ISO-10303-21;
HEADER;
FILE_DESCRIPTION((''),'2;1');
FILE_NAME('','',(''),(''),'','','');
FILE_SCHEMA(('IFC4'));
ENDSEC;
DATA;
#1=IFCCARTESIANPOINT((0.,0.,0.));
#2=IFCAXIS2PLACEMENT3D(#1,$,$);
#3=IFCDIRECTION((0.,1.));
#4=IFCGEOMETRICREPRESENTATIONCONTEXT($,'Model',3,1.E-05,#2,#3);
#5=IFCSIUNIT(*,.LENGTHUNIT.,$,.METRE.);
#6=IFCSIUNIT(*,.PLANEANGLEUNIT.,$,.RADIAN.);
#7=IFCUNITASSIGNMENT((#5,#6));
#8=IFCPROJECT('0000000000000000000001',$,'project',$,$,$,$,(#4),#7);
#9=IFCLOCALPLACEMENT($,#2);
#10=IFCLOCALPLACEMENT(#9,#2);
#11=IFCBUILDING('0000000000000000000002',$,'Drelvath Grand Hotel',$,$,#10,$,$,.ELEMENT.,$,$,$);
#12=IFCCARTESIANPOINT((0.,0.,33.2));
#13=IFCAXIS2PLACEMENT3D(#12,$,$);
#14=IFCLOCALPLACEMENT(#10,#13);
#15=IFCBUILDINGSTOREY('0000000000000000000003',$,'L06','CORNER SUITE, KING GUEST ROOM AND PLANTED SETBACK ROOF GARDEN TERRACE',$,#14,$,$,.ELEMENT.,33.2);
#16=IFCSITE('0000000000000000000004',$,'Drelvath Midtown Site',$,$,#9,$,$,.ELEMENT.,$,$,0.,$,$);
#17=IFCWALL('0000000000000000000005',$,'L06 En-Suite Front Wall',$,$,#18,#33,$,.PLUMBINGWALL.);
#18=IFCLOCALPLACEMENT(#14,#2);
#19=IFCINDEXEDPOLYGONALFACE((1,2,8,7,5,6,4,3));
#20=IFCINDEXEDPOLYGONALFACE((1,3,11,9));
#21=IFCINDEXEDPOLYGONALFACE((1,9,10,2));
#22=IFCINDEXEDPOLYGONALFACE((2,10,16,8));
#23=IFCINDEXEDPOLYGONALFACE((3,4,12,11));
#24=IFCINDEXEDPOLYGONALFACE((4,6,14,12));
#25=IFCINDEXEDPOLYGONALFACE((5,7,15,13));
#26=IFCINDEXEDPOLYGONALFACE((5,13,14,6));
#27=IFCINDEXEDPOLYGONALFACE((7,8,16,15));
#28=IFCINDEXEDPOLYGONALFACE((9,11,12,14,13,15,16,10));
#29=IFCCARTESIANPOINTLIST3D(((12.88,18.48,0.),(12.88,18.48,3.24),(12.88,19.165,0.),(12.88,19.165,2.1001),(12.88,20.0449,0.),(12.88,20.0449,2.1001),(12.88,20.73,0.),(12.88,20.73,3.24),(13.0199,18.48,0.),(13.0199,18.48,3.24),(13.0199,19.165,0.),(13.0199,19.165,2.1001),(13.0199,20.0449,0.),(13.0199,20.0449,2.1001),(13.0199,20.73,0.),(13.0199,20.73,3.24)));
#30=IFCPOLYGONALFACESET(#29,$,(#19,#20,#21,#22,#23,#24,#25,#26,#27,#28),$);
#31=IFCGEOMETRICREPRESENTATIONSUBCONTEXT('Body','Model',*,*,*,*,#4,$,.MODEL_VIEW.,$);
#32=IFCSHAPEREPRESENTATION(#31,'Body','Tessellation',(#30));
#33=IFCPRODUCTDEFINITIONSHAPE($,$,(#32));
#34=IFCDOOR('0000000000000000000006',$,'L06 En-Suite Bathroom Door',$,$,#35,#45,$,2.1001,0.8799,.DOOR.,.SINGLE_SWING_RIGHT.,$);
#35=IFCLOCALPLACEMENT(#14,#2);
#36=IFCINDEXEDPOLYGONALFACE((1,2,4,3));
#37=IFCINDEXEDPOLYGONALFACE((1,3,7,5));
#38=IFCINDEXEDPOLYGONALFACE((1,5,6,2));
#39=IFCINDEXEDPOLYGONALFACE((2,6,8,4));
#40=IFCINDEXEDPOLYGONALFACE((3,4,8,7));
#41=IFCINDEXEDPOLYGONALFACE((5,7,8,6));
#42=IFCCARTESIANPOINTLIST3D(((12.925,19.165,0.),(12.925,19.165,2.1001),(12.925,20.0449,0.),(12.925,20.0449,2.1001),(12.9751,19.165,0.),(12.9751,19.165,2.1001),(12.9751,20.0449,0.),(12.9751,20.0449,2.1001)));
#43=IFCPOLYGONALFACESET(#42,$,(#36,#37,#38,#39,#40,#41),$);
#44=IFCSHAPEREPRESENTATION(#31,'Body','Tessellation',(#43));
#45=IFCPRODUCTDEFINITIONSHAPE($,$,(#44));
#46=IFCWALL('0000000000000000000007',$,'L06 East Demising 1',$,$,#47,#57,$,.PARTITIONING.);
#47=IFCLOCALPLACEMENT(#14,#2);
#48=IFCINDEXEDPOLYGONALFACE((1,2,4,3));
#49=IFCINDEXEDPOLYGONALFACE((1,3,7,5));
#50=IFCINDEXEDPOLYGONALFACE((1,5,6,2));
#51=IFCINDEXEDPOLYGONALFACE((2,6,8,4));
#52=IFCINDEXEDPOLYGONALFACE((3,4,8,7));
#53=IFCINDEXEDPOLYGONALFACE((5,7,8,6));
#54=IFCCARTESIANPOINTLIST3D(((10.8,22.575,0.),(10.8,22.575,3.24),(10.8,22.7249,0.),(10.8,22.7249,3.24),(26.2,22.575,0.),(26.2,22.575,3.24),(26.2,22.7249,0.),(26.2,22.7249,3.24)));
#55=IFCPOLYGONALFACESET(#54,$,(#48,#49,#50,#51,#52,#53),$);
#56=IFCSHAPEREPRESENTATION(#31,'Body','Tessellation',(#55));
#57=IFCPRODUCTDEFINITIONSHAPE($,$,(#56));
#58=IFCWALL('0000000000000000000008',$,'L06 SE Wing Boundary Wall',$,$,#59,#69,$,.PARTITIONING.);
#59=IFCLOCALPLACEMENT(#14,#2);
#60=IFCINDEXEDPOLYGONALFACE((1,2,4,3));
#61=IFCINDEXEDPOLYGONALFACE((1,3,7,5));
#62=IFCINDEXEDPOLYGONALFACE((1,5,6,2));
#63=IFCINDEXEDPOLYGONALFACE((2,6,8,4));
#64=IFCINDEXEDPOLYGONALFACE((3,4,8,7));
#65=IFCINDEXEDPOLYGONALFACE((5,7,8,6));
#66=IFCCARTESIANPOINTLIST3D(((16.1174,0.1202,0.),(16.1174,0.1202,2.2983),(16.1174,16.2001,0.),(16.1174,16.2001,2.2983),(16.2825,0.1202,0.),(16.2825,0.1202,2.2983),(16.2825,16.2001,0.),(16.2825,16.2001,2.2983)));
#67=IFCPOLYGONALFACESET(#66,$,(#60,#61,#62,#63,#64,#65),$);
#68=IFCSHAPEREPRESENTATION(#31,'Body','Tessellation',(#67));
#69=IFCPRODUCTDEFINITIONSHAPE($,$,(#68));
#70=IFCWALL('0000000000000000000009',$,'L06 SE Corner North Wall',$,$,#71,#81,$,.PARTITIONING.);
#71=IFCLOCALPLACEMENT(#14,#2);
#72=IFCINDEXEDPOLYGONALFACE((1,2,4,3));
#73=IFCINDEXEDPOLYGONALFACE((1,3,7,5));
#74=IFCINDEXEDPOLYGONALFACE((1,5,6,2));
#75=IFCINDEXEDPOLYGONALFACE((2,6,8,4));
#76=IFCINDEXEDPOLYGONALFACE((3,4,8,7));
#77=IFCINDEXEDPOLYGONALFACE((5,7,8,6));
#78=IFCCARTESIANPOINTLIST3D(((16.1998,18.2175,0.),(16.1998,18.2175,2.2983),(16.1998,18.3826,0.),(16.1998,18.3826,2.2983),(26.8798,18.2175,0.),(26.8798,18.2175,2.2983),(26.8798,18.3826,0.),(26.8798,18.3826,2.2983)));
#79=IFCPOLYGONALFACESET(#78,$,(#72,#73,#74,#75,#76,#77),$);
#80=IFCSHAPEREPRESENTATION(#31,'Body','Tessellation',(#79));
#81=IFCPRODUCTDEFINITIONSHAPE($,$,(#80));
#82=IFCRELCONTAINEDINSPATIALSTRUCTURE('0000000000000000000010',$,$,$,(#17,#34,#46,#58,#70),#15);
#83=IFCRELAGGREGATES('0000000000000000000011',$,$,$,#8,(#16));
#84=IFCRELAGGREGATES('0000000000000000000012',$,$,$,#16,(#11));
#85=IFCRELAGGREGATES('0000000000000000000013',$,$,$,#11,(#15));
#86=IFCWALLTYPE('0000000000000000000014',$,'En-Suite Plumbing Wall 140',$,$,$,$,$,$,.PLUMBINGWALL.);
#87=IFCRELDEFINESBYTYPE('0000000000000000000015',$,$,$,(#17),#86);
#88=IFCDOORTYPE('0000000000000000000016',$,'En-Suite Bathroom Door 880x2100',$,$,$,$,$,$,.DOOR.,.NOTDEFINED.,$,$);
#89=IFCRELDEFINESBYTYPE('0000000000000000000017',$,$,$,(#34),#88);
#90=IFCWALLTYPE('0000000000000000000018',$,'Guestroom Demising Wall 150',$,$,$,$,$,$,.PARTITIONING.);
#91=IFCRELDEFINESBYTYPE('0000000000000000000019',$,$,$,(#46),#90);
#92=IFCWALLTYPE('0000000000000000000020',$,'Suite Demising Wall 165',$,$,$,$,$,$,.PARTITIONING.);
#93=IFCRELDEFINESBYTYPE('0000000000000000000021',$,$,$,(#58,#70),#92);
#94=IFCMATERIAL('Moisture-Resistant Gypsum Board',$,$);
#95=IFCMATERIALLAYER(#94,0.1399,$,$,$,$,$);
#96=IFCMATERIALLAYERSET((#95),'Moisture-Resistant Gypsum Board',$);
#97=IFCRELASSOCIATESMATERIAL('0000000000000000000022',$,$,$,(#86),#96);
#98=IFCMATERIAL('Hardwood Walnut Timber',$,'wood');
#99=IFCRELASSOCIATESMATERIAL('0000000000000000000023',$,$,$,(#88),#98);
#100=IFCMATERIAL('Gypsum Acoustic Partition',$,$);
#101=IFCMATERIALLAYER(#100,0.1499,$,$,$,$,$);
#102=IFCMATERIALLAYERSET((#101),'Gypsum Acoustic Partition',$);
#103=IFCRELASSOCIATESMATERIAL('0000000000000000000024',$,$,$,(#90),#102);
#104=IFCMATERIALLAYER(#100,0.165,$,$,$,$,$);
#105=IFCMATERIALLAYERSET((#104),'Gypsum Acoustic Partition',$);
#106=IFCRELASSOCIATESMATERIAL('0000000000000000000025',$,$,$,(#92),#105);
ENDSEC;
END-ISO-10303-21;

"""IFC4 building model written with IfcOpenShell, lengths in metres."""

from ifc_helpers import new_model, si_unit, direction, frame, frame_2d, origin, place, context, subcontext, project, spatial, rectangle, extrude, material, layer, layer_set, type_object, element, fill, save


model = new_model("IFC4")

# Units and contexts
model_context = context("Model", 3, precision=1e-05, world=origin(), true_north=direction((0.0, 1.0)))
body_context = subcontext(model_context, "Body", "Model", "MODEL_VIEW")
ifc_project = project(units=[si_unit("LENGTHUNIT", "METRE"), si_unit("PLANEANGLEUNIT", "RADIAN")], contexts=[model_context])

# Site, building, storey
site_placement = place(None, origin())
site = spatial("IfcSite", under=ifc_project, at=site_placement, Name="Drelvath Midtown Site", CompositionType="ELEMENT", RefElevation=0.0)
building_placement = place(site_placement, origin())
building = spatial("IfcBuilding", under=site, at=building_placement, Name="Drelvath Grand Hotel", CompositionType="ELEMENT")
storey_placement = place(building_placement, frame((0.0, 0.0, 33.2)))
storey = spatial("IfcBuildingStorey", under=building, at=storey_placement, Name="L06", Description="CORNER SUITE, KING GUEST ROOM AND PLANTED SETBACK ROOF GARDEN TERRACE", CompositionType="ELEMENT", Elevation=33.2)

# Shared definitions
ifc_material_1 = material(Name="Hardwood Walnut Timber", Category="wood")

# Shared definitions
ifc_material_2 = material(Name="Moisture-Resistant Gypsum Board")
ifc_layer_1 = layer(ifc_material_2, 0.1399)
ifc_layer_set_1 = layer_set([ifc_layer_1], Name="Moisture-Resistant Gypsum Board")
wall_type_1 = type_object("IfcWallType", Name="En-Suite Plumbing Wall 140", PredefinedType="PLUMBINGWALL", material=ifc_layer_set_1)

# Shared definitions
door_type_1 = type_object("IfcDoorType", Name="En-Suite Bathroom Door 880x2100", OperationType="NOTDEFINED", PredefinedType="DOOR", material=ifc_material_1)

# Wall, opening, door
wall_1_placement = place(storey_placement, frame((12.95, 18.48, 0.0), z_axis=(0.0, 0.0, 1.0), x_axis=(0.0, 1.0, 0.0)))
wall_1 = element("IfcWall", 1, at=wall_1_placement, inside=storey, type_object=wall_type_1, Name="L06 En-Suite Front Wall", PredefinedType="PLUMBINGWALL", context=body_context, shape_type="SweptSolid", body=[
    extrude(rectangle(XDim=2.25, YDim=0.1399, at=frame_2d((1.125, 0.0))), origin(), (0.0, 0.0, 1.0), 3.24),
])
opening_1_placement = place(wall_1_placement, frame((0.6851, 0.0, 0.0)))
opening_1 = element("IfcOpeningElement", 2, at=opening_1_placement, cuts=wall_1, PredefinedType="OPENING", context=body_context, shape_type="SweptSolid", body=[
    extrude(rectangle(XDim=0.8799, YDim=2.1001, at=frame_2d((0.4399, 1.05))), frame((0.0, 0.0798, 0.0), z_axis=(0.0, -1.0, 0.0), x_axis=(1.0, 0.0, 0.0)), (0.0, 0.0, 1.0), 0.1599),
])
door_1_placement = place(opening_1_placement, origin())
door_1 = element("IfcDoor", 3, at=door_1_placement, inside=storey, type_object=door_type_1, Name="L06 En-Suite Bathroom Door", OperationType="SINGLE_SWING_RIGHT", OverallHeight=2.1001, OverallWidth=0.8799, PredefinedType="DOOR", context=body_context, shape_type="SweptSolid", body=[
    extrude(rectangle(XDim=0.8799, YDim=2.1001, at=frame_2d((0.4399, 1.05))), frame((0.0, 0.0249, 0.0), z_axis=(0.0, -1.0, 0.0), x_axis=(1.0, 0.0, 0.0)), (0.0, 0.0, 1.0), 0.05),
])
fill(opening_1, door_1)

# Walls
ifc_material_3 = material(Name="Gypsum Acoustic Partition")
ifc_layer_2 = layer(ifc_material_3, 0.1499)
ifc_layer_set_2 = layer_set([ifc_layer_2], Name="Gypsum Acoustic Partition")
wall_type_2 = type_object("IfcWallType", Name="Guestroom Demising Wall 150", PredefinedType="PARTITIONING", material=ifc_layer_set_2)
wall_2_placement = place(storey_placement, frame((10.8, 22.6499, 0.0), z_axis=(0.0, 0.0, 1.0), x_axis=(1.0, 0.0, 0.0)))
element("IfcWall", 4, at=wall_2_placement, inside=storey, type_object=wall_type_2, Name="L06 East Demising 1", PredefinedType="PARTITIONING", context=body_context, shape_type="SweptSolid", body=[
    extrude(rectangle(XDim=15.3999, YDim=0.1499, at=frame_2d((7.7, 0.0))), origin(), (0.0, 0.0, 1.0), 3.24),
])
ifc_layer_3 = layer(ifc_material_3, 0.165)
ifc_layer_set_3 = layer_set([ifc_layer_3], Name="Gypsum Acoustic Partition")
wall_type_3 = type_object("IfcWallType", Name="Suite Demising Wall 165", PredefinedType="PARTITIONING", material=ifc_layer_set_3)
wall_3_placement = place(storey_placement, frame((16.2, 0.1201, 0.0), z_axis=(0.0, 0.0, 1.0), x_axis=(0.0, 1.0, 0.0)))
element("IfcWall", 5, at=wall_3_placement, inside=storey, type_object=wall_type_3, Name="L06 SE Wing Boundary Wall", PredefinedType="PARTITIONING", context=body_context, shape_type="SweptSolid", body=[
    extrude(rectangle(XDim=16.0798, YDim=0.165, at=frame_2d((8.04, 0.0))), origin(), (0.0, 0.0, 1.0), 2.2983),
])
wall_4_placement = place(storey_placement, frame((16.2, 18.3, 0.0), z_axis=(0.0, 0.0, 1.0), x_axis=(1.0, 0.0, 0.0)))
element("IfcWall", 6, at=wall_4_placement, inside=storey, type_object=wall_type_3, Name="L06 SE Corner North Wall", PredefinedType="PARTITIONING", context=body_context, shape_type="SweptSolid", body=[
    extrude(rectangle(XDim=10.6799, YDim=0.165, at=frame_2d((5.3398, 0.0))), origin(), (0.0, 0.0, 1.0), 2.2983),
])

save(model, "model.ifc")
